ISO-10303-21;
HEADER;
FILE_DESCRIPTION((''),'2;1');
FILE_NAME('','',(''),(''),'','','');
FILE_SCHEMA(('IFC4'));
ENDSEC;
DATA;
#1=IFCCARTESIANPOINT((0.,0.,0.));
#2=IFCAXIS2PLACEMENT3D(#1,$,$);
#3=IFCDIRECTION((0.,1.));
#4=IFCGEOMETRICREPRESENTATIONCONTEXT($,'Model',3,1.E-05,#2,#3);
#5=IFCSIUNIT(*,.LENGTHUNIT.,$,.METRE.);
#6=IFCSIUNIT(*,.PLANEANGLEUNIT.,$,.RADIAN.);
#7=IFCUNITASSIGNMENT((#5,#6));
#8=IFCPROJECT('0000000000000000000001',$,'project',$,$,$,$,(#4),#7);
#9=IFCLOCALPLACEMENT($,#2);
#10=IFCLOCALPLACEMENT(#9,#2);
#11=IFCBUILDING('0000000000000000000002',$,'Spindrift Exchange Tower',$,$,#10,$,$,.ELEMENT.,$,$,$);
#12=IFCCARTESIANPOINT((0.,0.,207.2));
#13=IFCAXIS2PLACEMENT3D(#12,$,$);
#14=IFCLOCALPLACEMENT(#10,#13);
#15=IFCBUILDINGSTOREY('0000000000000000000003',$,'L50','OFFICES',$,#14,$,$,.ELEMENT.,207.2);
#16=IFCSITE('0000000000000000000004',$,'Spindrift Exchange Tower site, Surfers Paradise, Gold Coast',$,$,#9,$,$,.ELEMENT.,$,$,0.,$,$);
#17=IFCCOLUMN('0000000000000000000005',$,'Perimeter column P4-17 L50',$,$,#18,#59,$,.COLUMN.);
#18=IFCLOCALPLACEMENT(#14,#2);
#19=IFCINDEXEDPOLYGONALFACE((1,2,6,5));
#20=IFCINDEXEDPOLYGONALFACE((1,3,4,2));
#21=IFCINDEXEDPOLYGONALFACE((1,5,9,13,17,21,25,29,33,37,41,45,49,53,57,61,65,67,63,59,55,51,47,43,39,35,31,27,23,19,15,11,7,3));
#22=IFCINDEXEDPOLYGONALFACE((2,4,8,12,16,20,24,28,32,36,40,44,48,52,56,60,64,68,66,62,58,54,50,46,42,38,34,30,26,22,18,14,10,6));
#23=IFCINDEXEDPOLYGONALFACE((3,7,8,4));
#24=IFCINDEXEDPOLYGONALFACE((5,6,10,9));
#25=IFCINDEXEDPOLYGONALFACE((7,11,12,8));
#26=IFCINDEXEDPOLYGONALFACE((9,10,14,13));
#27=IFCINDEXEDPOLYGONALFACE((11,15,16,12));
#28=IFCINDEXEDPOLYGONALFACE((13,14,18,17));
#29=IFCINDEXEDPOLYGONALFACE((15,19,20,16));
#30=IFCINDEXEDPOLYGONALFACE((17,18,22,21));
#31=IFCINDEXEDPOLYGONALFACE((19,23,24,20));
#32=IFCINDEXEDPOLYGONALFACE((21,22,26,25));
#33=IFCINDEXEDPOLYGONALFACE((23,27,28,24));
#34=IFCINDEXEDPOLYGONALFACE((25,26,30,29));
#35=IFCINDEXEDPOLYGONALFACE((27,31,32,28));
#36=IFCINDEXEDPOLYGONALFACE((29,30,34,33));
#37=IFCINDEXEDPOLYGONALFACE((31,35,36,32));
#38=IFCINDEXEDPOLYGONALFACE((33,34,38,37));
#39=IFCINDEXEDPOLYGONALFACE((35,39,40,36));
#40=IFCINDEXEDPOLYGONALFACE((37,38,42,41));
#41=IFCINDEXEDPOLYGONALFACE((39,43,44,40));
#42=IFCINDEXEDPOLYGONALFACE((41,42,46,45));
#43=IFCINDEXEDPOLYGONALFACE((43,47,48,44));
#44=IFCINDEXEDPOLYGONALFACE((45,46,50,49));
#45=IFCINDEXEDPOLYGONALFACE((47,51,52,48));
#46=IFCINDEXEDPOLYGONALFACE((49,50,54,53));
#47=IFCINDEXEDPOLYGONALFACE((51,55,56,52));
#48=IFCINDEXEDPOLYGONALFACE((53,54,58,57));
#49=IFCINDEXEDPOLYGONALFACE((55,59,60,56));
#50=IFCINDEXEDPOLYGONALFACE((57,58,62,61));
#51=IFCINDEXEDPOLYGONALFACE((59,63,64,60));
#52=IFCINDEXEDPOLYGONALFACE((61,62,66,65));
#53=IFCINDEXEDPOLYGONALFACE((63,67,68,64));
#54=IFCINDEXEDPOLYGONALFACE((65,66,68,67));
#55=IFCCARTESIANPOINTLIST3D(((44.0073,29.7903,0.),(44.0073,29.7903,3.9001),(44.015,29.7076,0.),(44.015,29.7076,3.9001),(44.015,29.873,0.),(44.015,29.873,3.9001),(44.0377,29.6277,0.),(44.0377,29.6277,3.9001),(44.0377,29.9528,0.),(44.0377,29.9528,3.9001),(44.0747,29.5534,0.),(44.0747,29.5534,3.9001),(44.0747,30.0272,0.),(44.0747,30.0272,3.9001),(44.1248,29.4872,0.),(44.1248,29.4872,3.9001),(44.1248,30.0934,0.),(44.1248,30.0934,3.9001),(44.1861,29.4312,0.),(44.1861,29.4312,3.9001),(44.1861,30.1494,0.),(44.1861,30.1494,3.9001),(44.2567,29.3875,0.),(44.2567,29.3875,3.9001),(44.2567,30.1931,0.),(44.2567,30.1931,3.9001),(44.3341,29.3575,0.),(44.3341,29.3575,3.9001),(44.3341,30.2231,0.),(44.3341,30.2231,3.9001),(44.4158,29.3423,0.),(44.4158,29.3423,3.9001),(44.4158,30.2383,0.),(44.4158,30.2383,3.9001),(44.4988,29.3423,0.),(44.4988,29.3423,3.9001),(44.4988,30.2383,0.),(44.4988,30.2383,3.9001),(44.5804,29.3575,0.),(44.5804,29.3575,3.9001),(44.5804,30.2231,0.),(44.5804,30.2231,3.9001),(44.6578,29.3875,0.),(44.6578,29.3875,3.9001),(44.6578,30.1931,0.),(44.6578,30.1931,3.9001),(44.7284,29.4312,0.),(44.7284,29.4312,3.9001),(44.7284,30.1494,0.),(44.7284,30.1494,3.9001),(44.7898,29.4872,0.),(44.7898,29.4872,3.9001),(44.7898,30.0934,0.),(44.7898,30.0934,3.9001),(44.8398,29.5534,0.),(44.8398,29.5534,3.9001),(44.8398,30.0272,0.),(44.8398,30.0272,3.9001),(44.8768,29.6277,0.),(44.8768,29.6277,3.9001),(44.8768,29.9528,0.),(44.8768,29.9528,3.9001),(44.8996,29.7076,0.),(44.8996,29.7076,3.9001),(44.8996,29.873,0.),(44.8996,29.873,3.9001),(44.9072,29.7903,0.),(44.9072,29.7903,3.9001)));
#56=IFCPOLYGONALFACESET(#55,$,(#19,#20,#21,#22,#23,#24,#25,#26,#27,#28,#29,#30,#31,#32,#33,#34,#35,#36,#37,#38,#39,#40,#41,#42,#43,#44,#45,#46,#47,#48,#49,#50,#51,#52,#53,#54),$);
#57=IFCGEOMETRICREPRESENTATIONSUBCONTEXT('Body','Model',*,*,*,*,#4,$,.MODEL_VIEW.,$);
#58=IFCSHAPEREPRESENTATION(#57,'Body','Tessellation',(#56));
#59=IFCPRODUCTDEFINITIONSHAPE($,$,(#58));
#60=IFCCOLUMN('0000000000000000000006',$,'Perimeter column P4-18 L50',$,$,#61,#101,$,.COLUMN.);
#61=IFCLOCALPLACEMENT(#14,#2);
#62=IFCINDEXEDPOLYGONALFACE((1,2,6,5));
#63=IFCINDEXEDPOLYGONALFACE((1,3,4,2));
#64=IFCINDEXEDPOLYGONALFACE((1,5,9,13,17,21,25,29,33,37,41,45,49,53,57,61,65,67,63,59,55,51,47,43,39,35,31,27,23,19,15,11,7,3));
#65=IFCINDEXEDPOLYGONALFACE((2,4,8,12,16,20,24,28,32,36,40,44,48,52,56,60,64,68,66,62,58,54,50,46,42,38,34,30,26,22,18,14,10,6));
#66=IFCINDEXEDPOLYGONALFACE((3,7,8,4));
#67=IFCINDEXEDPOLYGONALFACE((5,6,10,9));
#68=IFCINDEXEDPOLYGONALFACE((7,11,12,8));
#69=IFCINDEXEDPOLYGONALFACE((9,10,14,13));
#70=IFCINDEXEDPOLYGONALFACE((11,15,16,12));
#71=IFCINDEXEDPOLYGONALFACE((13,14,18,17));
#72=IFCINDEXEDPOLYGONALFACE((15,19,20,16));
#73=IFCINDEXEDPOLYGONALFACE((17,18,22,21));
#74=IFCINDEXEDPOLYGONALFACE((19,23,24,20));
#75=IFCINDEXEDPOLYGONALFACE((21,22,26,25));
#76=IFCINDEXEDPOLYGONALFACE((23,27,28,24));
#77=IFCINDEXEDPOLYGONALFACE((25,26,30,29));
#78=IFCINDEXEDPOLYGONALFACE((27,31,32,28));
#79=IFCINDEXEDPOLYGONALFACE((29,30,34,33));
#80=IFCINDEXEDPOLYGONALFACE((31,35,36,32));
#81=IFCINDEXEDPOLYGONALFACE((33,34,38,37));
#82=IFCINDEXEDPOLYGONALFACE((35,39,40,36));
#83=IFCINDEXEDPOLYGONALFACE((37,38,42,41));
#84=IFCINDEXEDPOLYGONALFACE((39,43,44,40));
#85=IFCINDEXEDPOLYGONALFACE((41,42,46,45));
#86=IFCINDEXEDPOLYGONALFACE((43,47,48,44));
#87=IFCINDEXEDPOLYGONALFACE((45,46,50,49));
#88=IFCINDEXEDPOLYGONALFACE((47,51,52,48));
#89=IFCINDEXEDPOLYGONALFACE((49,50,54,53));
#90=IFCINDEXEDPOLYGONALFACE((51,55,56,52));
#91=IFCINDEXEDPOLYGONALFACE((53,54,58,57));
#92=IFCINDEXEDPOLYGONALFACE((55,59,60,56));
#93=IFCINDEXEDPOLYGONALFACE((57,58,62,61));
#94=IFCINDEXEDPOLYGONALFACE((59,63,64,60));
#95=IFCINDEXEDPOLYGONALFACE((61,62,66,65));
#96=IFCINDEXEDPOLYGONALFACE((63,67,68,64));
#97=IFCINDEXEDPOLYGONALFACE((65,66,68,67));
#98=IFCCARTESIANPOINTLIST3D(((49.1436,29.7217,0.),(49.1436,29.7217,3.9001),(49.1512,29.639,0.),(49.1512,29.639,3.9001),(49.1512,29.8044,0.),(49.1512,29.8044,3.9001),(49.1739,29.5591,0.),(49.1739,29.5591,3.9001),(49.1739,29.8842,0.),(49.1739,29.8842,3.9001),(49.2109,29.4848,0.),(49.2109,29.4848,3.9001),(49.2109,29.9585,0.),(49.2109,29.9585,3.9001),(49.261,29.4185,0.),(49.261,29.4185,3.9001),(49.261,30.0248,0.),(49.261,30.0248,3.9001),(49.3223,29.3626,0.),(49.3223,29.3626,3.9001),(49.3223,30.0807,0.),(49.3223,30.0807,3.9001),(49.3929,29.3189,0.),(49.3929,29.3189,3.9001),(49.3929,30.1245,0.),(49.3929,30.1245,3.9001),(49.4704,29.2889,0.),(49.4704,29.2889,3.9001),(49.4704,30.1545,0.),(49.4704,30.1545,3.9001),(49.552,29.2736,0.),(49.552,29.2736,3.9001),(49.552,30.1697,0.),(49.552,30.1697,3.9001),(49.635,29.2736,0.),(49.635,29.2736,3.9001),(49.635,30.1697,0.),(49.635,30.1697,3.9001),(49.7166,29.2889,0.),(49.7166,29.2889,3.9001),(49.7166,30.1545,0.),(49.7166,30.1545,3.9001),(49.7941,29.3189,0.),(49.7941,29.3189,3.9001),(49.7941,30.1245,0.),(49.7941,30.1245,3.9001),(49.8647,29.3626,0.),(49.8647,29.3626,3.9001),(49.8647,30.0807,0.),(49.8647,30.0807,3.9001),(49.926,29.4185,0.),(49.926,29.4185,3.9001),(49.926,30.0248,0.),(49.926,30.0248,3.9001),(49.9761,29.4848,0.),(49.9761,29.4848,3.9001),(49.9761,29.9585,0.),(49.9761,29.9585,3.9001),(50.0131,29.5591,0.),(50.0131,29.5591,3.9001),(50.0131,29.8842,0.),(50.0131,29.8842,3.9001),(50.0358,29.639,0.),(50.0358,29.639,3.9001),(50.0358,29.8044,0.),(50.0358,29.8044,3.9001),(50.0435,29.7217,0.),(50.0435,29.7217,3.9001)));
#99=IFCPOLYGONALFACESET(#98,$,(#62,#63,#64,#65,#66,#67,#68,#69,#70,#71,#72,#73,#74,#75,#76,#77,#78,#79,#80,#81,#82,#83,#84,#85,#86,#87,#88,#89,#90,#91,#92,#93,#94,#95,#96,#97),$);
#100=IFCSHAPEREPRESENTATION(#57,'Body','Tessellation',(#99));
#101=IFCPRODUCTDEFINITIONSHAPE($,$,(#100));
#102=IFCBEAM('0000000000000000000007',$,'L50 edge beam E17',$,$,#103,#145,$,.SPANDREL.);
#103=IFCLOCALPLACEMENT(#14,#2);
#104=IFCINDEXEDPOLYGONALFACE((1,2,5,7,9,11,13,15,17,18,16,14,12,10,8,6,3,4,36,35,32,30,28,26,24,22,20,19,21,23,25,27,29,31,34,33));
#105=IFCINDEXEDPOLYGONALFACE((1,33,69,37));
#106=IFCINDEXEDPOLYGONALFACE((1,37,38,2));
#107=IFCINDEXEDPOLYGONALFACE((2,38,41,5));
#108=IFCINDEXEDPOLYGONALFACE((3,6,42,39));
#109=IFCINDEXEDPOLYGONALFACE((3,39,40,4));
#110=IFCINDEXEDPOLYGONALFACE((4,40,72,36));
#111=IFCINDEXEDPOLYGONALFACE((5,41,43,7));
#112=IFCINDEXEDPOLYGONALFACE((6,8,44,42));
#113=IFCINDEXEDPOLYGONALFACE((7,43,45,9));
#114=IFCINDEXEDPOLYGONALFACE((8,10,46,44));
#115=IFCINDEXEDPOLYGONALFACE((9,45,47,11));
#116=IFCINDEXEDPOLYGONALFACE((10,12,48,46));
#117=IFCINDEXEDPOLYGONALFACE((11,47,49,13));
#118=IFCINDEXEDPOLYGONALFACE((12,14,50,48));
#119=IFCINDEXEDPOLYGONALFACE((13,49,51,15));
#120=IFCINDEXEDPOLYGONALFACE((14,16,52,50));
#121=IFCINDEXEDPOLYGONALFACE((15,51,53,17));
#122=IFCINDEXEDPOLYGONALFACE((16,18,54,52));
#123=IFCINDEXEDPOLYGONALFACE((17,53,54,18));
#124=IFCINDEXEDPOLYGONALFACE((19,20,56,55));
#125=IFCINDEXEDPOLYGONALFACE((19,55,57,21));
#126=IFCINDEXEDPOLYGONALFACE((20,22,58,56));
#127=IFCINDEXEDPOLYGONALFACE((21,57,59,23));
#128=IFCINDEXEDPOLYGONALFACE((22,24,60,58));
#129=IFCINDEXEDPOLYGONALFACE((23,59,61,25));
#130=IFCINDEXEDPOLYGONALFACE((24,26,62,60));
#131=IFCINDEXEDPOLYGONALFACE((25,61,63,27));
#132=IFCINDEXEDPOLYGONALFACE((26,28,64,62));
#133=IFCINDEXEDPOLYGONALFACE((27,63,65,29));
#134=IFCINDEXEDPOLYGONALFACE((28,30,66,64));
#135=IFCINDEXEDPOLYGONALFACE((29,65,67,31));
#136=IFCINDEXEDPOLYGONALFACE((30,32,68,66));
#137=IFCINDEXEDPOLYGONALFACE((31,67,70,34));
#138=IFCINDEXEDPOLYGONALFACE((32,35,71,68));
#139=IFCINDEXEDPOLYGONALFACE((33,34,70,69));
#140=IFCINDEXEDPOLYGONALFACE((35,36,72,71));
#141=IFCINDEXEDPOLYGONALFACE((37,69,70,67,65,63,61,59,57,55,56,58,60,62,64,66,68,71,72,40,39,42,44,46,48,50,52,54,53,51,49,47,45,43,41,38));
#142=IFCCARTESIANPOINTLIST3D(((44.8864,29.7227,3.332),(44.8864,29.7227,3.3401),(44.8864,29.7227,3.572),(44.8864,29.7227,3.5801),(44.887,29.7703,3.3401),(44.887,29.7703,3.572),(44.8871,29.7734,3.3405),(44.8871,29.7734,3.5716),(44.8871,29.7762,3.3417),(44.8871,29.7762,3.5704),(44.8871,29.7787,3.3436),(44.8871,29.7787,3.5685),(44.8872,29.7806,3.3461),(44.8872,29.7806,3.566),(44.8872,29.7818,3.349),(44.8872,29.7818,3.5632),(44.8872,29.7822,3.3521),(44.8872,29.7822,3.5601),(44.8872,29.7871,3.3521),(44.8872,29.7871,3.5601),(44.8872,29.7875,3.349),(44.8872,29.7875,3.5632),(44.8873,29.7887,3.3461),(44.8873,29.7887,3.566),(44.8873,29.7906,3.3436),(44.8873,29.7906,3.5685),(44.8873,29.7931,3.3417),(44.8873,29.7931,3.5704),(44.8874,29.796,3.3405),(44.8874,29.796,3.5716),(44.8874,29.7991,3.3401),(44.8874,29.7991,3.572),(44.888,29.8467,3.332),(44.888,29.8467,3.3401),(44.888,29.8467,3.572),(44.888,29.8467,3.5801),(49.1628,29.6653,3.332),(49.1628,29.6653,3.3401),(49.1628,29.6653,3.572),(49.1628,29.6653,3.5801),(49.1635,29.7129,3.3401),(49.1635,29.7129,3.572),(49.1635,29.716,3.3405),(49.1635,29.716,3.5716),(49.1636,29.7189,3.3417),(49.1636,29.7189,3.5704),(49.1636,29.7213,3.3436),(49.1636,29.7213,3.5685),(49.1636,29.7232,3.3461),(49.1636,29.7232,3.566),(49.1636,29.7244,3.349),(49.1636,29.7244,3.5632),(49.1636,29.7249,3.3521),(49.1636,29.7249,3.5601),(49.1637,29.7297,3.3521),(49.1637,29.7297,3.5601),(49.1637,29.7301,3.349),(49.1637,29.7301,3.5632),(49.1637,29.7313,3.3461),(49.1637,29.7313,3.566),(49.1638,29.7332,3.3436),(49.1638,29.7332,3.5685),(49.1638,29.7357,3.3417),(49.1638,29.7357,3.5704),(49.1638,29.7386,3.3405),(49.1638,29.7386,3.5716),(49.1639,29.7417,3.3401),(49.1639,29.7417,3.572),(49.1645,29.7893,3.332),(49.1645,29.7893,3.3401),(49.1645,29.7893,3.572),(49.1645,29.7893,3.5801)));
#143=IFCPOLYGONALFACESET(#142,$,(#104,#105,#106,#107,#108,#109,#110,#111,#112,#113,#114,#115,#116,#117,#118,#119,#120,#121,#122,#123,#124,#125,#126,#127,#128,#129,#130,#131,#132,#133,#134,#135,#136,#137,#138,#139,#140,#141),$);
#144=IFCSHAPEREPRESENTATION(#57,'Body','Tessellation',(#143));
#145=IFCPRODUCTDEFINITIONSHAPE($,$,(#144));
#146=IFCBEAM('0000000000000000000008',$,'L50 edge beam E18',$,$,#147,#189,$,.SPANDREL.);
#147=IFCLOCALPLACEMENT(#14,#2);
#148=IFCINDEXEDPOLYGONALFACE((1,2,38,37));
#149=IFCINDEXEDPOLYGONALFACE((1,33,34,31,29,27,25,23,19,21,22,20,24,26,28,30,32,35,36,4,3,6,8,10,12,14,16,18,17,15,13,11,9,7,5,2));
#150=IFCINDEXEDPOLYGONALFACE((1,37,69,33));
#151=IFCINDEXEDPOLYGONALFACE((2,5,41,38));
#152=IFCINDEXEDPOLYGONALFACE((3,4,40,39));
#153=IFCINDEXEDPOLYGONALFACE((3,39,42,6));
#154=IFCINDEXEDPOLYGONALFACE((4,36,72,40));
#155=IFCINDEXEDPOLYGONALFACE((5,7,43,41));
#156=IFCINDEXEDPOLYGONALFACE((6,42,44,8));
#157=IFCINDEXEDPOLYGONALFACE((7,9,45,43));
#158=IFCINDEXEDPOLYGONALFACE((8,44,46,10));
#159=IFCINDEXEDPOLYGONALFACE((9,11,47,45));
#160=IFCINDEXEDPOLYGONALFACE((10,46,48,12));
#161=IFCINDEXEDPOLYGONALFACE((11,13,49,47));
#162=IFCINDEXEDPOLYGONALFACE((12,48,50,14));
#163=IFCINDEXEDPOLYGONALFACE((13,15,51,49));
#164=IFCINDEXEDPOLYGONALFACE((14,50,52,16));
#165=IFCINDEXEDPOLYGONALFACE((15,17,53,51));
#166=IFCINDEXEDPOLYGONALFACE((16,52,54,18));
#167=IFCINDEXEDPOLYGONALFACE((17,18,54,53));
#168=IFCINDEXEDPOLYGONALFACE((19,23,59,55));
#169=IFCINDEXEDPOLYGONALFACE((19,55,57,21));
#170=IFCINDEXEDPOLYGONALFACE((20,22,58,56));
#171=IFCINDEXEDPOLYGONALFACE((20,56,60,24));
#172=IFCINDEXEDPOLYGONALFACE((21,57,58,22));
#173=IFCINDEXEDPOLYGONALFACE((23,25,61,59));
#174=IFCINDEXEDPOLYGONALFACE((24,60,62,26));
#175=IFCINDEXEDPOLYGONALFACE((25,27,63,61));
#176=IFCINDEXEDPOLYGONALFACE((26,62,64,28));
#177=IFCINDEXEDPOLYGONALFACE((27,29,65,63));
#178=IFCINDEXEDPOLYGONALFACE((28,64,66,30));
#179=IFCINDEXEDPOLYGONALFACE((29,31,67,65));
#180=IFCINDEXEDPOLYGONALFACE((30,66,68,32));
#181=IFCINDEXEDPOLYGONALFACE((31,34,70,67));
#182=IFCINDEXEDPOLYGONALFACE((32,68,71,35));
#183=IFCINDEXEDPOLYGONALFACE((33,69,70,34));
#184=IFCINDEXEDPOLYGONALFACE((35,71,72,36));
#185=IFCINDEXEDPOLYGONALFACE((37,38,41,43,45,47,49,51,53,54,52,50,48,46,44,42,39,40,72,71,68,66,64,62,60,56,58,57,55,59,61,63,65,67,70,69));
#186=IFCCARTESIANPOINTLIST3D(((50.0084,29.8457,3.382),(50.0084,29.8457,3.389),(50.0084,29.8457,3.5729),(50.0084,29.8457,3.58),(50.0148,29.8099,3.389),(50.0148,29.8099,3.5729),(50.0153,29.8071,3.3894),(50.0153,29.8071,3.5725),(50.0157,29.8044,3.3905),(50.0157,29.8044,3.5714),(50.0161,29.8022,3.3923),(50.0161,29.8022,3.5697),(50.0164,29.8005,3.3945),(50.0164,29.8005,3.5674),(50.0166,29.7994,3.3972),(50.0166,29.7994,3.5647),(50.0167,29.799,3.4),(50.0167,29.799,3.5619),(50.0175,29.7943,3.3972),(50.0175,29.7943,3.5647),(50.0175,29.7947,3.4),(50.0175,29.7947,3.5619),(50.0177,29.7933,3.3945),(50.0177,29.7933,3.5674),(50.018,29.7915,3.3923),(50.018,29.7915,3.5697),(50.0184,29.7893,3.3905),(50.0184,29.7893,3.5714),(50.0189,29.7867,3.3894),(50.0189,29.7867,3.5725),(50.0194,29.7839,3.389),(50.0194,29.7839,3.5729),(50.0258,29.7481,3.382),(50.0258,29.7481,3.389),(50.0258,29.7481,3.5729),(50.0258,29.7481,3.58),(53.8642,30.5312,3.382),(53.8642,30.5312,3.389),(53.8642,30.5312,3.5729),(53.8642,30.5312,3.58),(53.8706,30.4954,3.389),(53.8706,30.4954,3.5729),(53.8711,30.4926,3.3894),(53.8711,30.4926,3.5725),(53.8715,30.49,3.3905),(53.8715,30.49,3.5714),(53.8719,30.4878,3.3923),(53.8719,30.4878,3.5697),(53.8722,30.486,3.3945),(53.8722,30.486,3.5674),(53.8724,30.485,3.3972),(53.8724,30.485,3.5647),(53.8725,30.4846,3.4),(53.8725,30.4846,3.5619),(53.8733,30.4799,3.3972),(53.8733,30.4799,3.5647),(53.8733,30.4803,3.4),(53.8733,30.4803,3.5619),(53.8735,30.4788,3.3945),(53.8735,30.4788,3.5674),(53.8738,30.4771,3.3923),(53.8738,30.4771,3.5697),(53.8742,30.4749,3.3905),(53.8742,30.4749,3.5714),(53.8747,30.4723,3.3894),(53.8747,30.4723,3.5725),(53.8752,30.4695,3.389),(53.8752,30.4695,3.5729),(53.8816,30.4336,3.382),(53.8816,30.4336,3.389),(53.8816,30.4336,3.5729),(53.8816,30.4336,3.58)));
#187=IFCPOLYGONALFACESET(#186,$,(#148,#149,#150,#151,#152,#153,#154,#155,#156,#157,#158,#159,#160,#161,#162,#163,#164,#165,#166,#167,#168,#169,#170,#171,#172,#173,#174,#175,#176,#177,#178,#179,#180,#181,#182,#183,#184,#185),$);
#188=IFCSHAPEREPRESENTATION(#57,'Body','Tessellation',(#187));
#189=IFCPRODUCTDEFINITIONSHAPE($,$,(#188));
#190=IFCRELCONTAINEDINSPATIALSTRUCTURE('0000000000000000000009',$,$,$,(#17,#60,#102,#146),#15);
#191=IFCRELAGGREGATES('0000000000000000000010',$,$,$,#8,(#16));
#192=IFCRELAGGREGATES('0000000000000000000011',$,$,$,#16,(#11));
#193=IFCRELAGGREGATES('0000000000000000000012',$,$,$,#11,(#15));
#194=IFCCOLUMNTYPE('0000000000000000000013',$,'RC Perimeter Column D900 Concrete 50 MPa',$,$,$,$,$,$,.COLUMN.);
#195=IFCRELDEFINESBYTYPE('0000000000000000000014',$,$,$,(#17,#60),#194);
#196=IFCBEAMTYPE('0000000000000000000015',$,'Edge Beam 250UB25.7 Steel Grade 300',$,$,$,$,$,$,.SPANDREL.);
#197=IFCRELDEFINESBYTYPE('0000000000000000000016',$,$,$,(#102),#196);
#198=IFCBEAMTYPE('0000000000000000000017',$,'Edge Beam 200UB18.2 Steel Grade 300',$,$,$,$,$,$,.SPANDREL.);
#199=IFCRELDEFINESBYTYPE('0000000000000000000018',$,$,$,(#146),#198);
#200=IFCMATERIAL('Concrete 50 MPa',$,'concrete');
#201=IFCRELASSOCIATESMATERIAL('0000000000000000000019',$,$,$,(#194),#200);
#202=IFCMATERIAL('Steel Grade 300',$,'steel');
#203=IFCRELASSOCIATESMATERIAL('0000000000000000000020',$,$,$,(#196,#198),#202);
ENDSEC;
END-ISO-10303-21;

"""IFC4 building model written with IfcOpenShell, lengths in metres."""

from ifc_helpers import new_model, si_unit, direction, frame, origin, origin_2d, place, context, subcontext, project, spatial, circle, i_section, extrude, source, transform, mapped, material, material_profile, profile_set, type_object, element, save


model = new_model("IFC4")

# Units and contexts
model_context = context("Model", 3, precision=1e-05, world=origin(), true_north=direction((0.0, 1.0)))
body_context = subcontext(model_context, "Body", "Model", "MODEL_VIEW")
ifc_project = project(units=[si_unit("LENGTHUNIT", "METRE"), si_unit("PLANEANGLEUNIT", "RADIAN")], contexts=[model_context])

# Site, building, storey
site_placement = place(None, origin())
site = spatial("IfcSite", under=ifc_project, at=site_placement, Name="Spindrift Exchange Tower site, Surfers Paradise, Gold Coast", CompositionType="ELEMENT", RefElevation=0.0)
building_placement = place(site_placement, origin())
building = spatial("IfcBuilding", under=site, at=building_placement, Name="Spindrift Exchange Tower", CompositionType="ELEMENT")
storey_placement = place(building_placement, frame((0.0, 0.0, 207.2)))
storey = spatial("IfcBuildingStorey", under=building, at=storey_placement, Name="L50", Description="OFFICES", CompositionType="ELEMENT", Elevation=207.2)

# Columns
ifc_material_1 = material(Name="Concrete 50 MPa", Category="concrete")
ifc_material_profile_1 = material_profile(ifc_material_1, circle(Radius=0.45, at=origin_2d()), Name="RC D900")
ifc_profile_set_1 = profile_set([ifc_material_profile_1], Name="Concrete 50 MPa")
column_type = type_object("IfcColumnType", Name="RC Perimeter Column D900 Concrete 50 MPa", PredefinedType="COLUMN", material=ifc_profile_set_1)
shared_shape_1 = source(origin(), body_context, "Body", "SweptSolid", [
    extrude(circle(Radius=0.45, at=origin_2d()), origin(), (0.0, 0.0, 1.0), 3.9001),
])
for number, where, z_axis, x_axis, name in (
    (1, (44.4573, 29.7903, 0.0), (0.0, 0.0, 1.0), (1.0, 0.0, 0.0), "Perimeter column P4-17 L50"),
    (2, (49.5935, 29.7217, 0.0), (0.0, 0.0, 1.0), (1.0, 0.0, 0.0), "Perimeter column P4-18 L50"),
):
    element("IfcColumn", number, at=place(storey_placement, frame(where, z_axis=z_axis, x_axis=x_axis)), inside=storey, type_object=column_type, Name=name, PredefinedType="COLUMN", context=body_context, shape_type="MappedRepresentation", body=[
        mapped(shared_shape_1, transform((0.0, 0.0, 0.0), scale=1.0)),
    ])

# Beams
ifc_material_2 = material(Name="Steel Grade 300", Category="steel")
ifc_material_profile_2 = material_profile(ifc_material_2, i_section(OverallWidth=0.124, OverallDepth=0.248, WebThickness=0.0049, FlangeThickness=0.0081, FilletRadius=0.012, at=origin_2d()), Name="250UB25.7")
ifc_profile_set_2 = profile_set([ifc_material_profile_2], Name="Steel Grade 300")
beam_type_1 = type_object("IfcBeamType", Name="Edge Beam 250UB25.7 Steel Grade 300", PredefinedType="SPANDREL", material=ifc_profile_set_2)
shared_shape_2 = source(origin(), body_context, "Body", "SweptSolid", [
    extrude(i_section(OverallWidth=0.124, OverallDepth=0.248, WebThickness=0.0049, FlangeThickness=0.0081, FilletRadius=0.012, at=origin_2d()), origin(), (0.0, 0.0, 1.0), 4.2769),
])
beam_1_placement = place(storey_placement, frame((44.8872, 29.7847, 3.4561), z_axis=(0.99991, -0.013415, 0.0), x_axis=(0.013415, 0.99991, 0.0)))
element("IfcBeam", 3, at=beam_1_placement, inside=storey, type_object=beam_type_1, Name="L50 edge beam E17", PredefinedType="SPANDREL", context=body_context, shape_type="MappedRepresentation", body=[
    mapped(shared_shape_2, transform((0.0, 0.0, 0.0), scale=1.0)),
])
ifc_material_profile_3 = material_profile(ifc_material_2, i_section(OverallWidth=0.0991, OverallDepth=0.198, WebThickness=0.0044, FlangeThickness=0.0071, FilletRadius=0.011, at=origin_2d()), Name="200UB18.2")
ifc_profile_set_3 = profile_set([ifc_material_profile_3], Name="Steel Grade 300")
beam_type_2 = type_object("IfcBeamType", Name="Edge Beam 200UB18.2 Steel Grade 300", PredefinedType="SPANDREL", material=ifc_profile_set_3)
shared_shape_3 = source(origin(), body_context, "Body", "SweptSolid", [
    extrude(i_section(OverallWidth=0.0991, OverallDepth=0.198, WebThickness=0.0044, FlangeThickness=0.0071, FilletRadius=0.011, at=origin_2d()), origin(), (0.0, 0.0, 1.0), 3.9163),
])
beam_2_placement = place(storey_placement, frame((50.0171, 29.7969, 3.481), z_axis=(0.984559, 0.175055, 0.0), x_axis=(-0.175055, 0.984559, 0.0)))
element("IfcBeam", 4, at=beam_2_placement, inside=storey, type_object=beam_type_2, Name="L50 edge beam E18", PredefinedType="SPANDREL", context=body_context, shape_type="MappedRepresentation", body=[
    mapped(shared_shape_3, transform((0.0, 0.0, 0.0), scale=1.0)),
])

save(model, "model.ifc")
